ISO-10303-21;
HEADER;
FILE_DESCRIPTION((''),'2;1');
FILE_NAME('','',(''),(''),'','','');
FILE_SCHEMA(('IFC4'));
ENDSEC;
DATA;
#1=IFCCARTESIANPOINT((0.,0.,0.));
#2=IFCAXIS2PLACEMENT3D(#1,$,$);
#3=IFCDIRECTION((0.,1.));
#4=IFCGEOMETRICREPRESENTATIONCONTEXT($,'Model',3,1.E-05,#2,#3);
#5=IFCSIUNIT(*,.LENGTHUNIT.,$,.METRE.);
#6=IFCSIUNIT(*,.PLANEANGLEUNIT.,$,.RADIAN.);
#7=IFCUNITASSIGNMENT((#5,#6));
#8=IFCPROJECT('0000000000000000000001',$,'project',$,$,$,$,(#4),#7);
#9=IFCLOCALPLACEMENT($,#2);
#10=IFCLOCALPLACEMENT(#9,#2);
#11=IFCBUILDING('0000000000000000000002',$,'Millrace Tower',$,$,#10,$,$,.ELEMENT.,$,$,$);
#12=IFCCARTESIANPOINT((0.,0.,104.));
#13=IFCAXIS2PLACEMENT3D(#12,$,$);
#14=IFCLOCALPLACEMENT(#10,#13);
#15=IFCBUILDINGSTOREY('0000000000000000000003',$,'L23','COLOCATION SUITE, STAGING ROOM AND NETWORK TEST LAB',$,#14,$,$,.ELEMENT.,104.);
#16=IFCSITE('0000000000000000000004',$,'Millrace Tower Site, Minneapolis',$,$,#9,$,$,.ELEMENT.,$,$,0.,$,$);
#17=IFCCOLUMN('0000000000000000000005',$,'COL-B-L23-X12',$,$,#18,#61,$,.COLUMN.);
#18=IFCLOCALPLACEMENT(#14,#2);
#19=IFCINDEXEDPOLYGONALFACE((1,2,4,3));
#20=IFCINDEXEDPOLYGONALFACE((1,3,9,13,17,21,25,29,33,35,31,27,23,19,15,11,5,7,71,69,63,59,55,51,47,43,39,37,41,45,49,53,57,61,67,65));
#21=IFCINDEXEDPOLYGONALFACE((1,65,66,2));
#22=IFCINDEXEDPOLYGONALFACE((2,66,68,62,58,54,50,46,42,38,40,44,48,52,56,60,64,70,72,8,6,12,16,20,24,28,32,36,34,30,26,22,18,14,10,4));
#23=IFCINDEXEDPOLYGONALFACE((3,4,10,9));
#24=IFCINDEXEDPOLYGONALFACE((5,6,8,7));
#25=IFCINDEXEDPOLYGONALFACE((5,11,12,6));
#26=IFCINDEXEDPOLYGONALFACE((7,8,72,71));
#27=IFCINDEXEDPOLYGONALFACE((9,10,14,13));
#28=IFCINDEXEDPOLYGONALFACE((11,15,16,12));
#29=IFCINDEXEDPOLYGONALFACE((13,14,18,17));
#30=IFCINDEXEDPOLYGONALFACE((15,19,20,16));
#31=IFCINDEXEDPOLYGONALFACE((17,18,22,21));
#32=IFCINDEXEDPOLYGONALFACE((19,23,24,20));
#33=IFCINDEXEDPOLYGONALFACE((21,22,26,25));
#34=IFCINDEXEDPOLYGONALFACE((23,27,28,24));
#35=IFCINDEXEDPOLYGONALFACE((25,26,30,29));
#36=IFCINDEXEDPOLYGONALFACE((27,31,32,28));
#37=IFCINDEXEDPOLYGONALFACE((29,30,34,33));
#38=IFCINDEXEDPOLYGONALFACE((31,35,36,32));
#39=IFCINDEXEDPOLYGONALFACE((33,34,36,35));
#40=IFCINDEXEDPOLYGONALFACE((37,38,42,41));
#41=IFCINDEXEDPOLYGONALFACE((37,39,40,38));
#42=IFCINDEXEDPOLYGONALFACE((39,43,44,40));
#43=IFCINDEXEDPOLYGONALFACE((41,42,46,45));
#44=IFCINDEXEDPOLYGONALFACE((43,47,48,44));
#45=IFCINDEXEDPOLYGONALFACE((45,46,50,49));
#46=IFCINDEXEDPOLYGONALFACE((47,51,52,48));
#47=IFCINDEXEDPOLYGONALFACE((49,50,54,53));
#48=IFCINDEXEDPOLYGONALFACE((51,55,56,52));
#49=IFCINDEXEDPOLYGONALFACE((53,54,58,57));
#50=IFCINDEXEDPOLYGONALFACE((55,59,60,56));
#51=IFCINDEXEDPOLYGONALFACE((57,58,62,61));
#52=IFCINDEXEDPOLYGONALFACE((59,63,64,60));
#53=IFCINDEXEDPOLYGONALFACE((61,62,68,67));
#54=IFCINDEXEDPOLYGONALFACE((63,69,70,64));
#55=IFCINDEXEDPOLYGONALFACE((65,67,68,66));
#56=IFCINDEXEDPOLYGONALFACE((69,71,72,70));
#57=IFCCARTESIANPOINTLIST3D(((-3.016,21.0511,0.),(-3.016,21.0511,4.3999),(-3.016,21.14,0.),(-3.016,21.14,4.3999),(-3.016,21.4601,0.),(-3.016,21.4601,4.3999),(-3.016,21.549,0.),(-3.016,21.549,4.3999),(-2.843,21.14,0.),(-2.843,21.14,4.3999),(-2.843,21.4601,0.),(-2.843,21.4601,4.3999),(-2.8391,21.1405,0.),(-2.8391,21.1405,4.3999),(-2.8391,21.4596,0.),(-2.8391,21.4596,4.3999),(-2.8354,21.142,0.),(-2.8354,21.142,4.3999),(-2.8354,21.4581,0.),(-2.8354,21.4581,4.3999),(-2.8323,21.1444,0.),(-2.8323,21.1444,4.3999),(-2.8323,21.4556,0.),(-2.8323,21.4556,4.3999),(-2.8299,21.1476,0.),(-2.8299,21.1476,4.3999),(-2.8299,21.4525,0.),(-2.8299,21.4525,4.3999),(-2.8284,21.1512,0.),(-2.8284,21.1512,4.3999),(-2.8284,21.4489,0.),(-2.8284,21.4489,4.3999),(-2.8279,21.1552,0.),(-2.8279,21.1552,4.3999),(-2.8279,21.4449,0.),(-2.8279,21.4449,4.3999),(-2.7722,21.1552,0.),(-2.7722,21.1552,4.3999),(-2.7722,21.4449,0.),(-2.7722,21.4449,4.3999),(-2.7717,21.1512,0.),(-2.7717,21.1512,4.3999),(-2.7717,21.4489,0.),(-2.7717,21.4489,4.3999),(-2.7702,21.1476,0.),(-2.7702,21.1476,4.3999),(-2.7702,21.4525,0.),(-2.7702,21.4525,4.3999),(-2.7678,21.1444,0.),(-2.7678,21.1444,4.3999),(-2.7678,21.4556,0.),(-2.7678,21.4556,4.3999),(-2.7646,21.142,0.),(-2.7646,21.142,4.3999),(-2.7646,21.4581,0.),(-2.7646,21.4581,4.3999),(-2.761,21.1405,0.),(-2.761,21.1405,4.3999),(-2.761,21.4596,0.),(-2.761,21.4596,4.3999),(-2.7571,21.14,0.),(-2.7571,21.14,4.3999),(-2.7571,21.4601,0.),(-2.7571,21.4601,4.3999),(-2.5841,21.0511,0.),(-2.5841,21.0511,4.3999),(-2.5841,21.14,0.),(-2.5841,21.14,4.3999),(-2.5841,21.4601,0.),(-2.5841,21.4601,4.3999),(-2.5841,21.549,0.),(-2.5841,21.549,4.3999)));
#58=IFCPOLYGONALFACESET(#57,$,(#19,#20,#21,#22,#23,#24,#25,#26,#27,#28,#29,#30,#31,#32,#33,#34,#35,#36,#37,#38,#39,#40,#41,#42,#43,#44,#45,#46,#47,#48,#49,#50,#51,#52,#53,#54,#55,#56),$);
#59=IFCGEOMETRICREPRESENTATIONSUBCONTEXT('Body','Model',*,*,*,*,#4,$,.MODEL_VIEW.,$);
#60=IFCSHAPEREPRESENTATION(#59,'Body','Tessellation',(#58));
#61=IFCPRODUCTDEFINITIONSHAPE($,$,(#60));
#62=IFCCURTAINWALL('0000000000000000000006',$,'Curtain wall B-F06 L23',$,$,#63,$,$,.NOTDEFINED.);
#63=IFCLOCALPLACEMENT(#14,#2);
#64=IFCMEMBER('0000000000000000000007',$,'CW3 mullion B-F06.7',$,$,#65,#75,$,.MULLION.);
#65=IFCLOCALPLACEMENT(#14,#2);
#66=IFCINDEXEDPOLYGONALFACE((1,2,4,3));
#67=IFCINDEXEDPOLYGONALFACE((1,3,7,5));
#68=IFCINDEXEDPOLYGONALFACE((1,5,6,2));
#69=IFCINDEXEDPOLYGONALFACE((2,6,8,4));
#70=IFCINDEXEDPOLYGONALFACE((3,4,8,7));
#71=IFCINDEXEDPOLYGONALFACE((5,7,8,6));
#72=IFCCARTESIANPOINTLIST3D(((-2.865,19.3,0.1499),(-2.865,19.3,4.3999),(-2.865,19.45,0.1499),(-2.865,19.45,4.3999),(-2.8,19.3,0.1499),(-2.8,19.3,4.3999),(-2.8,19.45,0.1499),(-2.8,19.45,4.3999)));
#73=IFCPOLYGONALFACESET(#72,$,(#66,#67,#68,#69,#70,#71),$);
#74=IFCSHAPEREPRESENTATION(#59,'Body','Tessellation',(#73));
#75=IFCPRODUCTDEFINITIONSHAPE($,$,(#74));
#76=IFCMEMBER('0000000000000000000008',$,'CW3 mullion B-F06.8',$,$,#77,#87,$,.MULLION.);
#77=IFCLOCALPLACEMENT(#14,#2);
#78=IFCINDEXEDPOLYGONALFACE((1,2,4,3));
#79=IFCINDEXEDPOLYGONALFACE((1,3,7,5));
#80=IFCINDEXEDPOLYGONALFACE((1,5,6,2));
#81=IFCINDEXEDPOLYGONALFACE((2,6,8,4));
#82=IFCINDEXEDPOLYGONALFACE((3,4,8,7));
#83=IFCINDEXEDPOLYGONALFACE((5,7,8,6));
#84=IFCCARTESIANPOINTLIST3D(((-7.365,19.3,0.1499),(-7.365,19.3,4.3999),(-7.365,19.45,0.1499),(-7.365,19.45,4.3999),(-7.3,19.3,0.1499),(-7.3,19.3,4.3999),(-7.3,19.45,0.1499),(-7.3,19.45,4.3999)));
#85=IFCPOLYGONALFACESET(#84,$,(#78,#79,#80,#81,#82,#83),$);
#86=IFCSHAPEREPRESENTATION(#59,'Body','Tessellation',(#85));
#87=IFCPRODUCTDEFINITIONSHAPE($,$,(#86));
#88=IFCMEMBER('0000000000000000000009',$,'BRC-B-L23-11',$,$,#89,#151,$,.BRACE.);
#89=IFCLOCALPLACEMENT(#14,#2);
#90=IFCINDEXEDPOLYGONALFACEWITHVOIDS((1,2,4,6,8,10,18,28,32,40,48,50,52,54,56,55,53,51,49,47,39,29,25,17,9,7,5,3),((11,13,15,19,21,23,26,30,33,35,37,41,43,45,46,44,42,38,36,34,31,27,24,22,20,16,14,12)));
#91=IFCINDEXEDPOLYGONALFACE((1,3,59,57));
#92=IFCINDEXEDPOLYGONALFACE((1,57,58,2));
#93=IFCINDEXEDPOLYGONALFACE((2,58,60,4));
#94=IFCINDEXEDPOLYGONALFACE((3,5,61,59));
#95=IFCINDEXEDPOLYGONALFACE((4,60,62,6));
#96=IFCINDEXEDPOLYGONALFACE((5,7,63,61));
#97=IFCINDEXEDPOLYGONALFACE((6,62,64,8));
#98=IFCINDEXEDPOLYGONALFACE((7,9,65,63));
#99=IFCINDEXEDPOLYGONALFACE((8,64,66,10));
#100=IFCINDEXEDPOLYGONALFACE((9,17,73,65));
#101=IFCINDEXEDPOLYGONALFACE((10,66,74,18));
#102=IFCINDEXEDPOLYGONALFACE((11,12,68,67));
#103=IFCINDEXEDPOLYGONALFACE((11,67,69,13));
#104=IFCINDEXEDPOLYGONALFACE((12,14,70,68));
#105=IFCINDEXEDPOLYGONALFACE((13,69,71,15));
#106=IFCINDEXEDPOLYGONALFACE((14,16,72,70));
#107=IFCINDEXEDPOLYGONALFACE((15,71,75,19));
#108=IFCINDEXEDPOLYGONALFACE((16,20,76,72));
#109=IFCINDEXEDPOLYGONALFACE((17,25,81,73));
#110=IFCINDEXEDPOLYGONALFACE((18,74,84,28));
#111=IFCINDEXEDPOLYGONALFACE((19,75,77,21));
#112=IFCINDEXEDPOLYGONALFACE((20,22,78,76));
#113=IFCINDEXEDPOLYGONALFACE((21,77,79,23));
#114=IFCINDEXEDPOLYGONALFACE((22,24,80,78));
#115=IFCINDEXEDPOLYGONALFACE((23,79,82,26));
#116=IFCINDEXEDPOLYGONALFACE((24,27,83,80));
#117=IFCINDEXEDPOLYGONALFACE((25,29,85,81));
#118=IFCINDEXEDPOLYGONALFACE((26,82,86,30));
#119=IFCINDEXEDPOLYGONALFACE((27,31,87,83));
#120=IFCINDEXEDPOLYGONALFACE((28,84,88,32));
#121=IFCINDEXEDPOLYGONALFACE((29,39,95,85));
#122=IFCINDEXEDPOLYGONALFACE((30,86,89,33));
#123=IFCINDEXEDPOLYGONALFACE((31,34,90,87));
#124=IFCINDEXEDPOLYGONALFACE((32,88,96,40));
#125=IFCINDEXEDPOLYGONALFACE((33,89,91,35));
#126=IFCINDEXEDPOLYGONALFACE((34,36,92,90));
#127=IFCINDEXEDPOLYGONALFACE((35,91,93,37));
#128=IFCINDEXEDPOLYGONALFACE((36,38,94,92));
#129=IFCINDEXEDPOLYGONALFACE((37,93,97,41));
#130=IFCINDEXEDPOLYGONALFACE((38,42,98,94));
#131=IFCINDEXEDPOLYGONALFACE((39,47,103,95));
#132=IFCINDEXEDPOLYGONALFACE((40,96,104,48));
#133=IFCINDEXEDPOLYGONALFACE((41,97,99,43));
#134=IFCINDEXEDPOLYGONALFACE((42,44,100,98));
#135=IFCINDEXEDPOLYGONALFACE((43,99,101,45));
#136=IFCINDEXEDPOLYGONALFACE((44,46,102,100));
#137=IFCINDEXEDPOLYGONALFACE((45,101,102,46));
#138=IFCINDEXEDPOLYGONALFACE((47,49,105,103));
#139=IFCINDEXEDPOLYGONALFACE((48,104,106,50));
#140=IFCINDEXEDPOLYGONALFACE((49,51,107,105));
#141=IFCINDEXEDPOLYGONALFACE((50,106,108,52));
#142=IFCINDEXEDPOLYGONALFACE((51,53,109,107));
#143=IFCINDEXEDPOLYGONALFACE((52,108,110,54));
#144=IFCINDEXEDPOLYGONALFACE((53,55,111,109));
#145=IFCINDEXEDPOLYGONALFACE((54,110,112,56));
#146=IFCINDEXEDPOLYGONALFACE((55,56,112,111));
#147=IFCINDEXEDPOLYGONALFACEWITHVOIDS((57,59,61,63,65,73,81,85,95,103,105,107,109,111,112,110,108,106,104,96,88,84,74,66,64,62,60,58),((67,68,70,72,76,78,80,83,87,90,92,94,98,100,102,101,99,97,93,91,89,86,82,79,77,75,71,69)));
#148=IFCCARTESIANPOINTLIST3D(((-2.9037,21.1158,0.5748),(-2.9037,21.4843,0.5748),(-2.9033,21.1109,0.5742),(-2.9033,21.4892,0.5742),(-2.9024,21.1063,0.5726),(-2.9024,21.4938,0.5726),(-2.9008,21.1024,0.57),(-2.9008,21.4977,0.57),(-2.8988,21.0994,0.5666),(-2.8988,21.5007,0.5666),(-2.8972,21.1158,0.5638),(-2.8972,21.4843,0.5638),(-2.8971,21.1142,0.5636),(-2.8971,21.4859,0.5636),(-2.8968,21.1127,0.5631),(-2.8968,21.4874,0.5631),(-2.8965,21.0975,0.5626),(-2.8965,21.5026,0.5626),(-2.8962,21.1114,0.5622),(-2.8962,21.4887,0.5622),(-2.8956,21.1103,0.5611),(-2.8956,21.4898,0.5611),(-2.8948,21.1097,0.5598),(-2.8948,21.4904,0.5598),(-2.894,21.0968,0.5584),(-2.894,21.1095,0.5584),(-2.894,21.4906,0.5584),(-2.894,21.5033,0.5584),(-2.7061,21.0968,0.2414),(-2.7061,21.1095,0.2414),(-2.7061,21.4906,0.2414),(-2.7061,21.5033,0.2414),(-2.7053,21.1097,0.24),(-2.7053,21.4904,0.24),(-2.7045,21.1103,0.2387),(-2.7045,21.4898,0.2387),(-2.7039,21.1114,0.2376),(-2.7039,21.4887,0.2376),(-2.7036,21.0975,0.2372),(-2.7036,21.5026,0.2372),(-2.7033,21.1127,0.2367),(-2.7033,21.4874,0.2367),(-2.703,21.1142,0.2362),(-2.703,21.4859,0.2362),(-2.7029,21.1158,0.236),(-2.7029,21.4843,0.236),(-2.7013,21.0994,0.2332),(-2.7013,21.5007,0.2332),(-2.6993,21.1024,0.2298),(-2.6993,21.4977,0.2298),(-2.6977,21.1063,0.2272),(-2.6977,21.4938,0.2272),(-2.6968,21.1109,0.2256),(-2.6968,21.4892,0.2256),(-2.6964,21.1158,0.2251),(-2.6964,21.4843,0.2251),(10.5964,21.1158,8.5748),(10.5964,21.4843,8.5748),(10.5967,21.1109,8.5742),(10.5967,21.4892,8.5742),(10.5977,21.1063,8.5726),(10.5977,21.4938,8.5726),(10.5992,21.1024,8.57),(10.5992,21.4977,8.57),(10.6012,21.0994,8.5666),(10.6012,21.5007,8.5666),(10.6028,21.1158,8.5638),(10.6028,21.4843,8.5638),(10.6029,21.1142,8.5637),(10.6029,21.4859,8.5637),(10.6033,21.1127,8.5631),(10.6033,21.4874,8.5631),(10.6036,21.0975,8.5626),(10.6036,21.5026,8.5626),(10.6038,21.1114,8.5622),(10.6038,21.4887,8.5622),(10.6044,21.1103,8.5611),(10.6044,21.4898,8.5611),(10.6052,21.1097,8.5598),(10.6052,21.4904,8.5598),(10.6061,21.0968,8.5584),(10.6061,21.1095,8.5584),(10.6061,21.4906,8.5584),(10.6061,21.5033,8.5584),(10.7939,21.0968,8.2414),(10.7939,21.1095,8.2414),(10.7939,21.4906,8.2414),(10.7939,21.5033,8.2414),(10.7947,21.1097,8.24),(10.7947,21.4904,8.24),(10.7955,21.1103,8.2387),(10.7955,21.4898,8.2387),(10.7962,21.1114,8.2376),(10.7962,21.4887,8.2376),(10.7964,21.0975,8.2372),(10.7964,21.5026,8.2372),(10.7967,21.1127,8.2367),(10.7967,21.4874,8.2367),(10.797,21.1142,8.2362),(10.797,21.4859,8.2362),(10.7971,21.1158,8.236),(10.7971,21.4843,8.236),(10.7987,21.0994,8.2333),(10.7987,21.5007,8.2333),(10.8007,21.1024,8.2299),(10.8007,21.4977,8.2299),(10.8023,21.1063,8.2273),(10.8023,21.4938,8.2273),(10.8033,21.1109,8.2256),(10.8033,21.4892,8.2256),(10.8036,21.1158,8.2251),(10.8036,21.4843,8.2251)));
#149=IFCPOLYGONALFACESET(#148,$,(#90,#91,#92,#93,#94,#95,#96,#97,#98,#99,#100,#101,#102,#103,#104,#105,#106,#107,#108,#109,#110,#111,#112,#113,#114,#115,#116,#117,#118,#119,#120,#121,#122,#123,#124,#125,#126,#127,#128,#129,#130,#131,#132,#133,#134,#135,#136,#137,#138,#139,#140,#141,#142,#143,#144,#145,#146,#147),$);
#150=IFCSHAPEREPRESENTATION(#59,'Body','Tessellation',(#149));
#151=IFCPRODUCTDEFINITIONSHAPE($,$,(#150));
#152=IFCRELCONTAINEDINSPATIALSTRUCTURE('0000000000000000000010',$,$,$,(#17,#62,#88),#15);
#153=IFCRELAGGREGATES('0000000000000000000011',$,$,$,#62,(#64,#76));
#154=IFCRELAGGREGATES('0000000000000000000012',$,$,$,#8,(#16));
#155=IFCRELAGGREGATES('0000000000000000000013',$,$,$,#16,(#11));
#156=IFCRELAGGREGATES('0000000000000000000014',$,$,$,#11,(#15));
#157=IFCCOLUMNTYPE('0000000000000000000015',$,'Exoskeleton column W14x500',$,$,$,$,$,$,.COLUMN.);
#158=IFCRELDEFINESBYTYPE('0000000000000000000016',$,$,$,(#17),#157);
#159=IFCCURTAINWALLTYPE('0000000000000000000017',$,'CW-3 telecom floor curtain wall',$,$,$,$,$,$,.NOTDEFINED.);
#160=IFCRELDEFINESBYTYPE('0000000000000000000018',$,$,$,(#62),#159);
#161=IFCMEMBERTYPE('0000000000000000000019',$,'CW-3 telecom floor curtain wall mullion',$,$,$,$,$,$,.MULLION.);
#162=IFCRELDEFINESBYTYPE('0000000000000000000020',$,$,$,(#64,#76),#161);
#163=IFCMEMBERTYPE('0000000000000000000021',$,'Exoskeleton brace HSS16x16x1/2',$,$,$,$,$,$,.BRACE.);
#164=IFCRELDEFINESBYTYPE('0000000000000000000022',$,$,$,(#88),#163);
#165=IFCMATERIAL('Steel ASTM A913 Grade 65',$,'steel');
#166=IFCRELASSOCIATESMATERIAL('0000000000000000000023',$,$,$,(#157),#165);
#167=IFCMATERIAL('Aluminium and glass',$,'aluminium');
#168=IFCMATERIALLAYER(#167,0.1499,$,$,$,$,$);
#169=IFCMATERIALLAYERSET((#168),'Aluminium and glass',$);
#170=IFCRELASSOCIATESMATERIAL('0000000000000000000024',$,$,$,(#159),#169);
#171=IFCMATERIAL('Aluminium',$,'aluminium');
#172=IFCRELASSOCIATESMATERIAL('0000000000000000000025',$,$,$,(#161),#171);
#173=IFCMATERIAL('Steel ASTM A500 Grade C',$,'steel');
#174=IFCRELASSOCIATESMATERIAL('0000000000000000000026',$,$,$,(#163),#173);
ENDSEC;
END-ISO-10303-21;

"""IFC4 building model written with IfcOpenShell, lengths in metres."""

from ifc_helpers import new_model, si_unit, direction, frame, origin, origin_2d, place, context, subcontext, project, spatial, rectangle, hollow_rectangle, i_section, extrude, material, layer, layer_set, material_profile, profile_set, type_object, element, aggregate, save


model = new_model("IFC4")

# Units and contexts
model_context = context("Model", 3, precision=1e-05, world=origin(), true_north=direction((0.0, 1.0)))
body_context = subcontext(model_context, "Body", "Model", "MODEL_VIEW")
ifc_project = project(units=[si_unit("LENGTHUNIT", "METRE"), si_unit("PLANEANGLEUNIT", "RADIAN")], contexts=[model_context])

# Site, building, storey
site_placement = place(None, origin())
site = spatial("IfcSite", under=ifc_project, at=site_placement, Name="Millrace Tower Site, Minneapolis", CompositionType="ELEMENT", RefElevation=0.0)
building_placement = place(site_placement, origin())
building = spatial("IfcBuilding", under=site, at=building_placement, Name="Millrace Tower", CompositionType="ELEMENT")
storey_placement = place(building_placement, frame((0.0, 0.0, 104.0)))
storey = spatial("IfcBuildingStorey", under=building, at=storey_placement, Name="L23", Description="COLOCATION SUITE, STAGING ROOM AND NETWORK TEST LAB", CompositionType="ELEMENT", Elevation=104.0)

# Column
ifc_material_1 = material(Name="Steel ASTM A913 Grade 65", Category="steel")
ifc_material_profile_1 = material_profile(ifc_material_1, i_section(OverallWidth=0.4319, OverallDepth=0.4978, WebThickness=0.0557, FlangeThickness=0.0889, FilletRadius=0.0151, at=origin_2d()))
ifc_profile_set_1 = profile_set([ifc_material_profile_1], Name="Steel ASTM A913 Grade 65")
column_type = type_object("IfcColumnType", Name="Exoskeleton column W14x500", PredefinedType="COLUMN", material=ifc_profile_set_1)
column_placement = place(storey_placement, frame((-2.8, 21.3, 0.0), z_axis=(0.0, 0.0, 1.0), x_axis=(-1.0, 0.0, 0.0)))
element("IfcColumn", 1, at=column_placement, inside=storey, type_object=column_type, Name="COL-B-L23-X12", PredefinedType="COLUMN", context=body_context, shape_type="SweptSolid", body=[
    extrude(i_section(OverallWidth=0.4319, OverallDepth=0.4978, WebThickness=0.0557, FlangeThickness=0.0889, FilletRadius=0.0151, at=origin_2d()), origin(), (0.0, 0.0, 1.0), 4.3999),
])

# Curtain wall, members
ifc_material_2 = material(Name="Aluminium and glass", Category="aluminium")
ifc_layer_1 = layer(ifc_material_2, 0.1499)
ifc_layer_set_1 = layer_set([ifc_layer_1], Name="Aluminium and glass")
curtain_wall_type = type_object("IfcCurtainWallType", Name="CW-3 telecom floor curtain wall", PredefinedType="NOTDEFINED", material=ifc_layer_set_1)
placement = place(storey_placement, origin())
curtain_wall = element("IfcCurtainWall", 2, at=placement, inside=storey, type_object=curtain_wall_type, Name="Curtain wall B-F06 L23", PredefinedType="NOTDEFINED")
ifc_material_3 = material(Name="Aluminium", Category="aluminium")
ifc_material_profile_2 = material_profile(ifc_material_3, rectangle(XDim=0.0649, YDim=0.1499, at=origin_2d()))
ifc_profile_set_2 = profile_set([ifc_material_profile_2], Name="Aluminium")
member_type_1 = type_object("IfcMemberType", Name="CW-3 telecom floor curtain wall mullion", PredefinedType="MULLION", material=ifc_profile_set_2)
member_1_placement = place(storey_placement, frame((-2.8325, 19.375, 0.1499), z_axis=(0.0, 0.0, 1.0), x_axis=(-1.0, 0.0, 0.0)))
member_1 = element("IfcMember", 3, at=member_1_placement, type_object=member_type_1, Name="CW3 mullion B-F06.7", PredefinedType="MULLION", context=body_context, shape_type="SweptSolid", body=[
    extrude(rectangle(XDim=0.0649, YDim=0.1499, at=origin_2d()), origin(), (0.0, 0.0, 1.0), 4.25),
])
member_2_placement = place(storey_placement, frame((-7.3325, 19.375, 0.1499), z_axis=(0.0, 0.0, 1.0), x_axis=(-1.0, 0.0, 0.0)))
member_2 = element("IfcMember", 4, at=member_2_placement, type_object=member_type_1, Name="CW3 mullion B-F06.8", PredefinedType="MULLION", context=body_context, shape_type="SweptSolid", body=[
    extrude(rectangle(XDim=0.0649, YDim=0.1499, at=origin_2d()), origin(), (0.0, 0.0, 1.0), 4.25),
])
aggregate(curtain_wall, [member_1, member_2])

# Member
ifc_material_4 = material(Name="Steel ASTM A500 Grade C", Category="steel")
ifc_material_profile_3 = material_profile(ifc_material_4, hollow_rectangle(XDim=0.4065, YDim=0.4065, WallThickness=0.0127, InnerFilletRadius=0.0063, OuterFilletRadius=0.019, at=origin_2d()))
ifc_profile_set_3 = profile_set([ifc_material_profile_3], Name="Steel ASTM A500 Grade C")
member_type_2 = type_object("IfcMemberType", Name="Exoskeleton brace HSS16x16x1/2", PredefinedType="BRACE", material=ifc_profile_set_3)
member_3_placement = place(storey_placement, frame((-2.8, 21.3, 0.3999), z_axis=(0.860292, 0.0, 0.509802), x_axis=(0.0, 1.0, 0.0)))
element("IfcMember", 5, at=member_3_placement, inside=storey, type_object=member_type_2, Name="BRC-B-L23-11", PredefinedType="BRACE", context=body_context, shape_type="SweptSolid", body=[
    extrude(hollow_rectangle(XDim=0.4065, YDim=0.4065, WallThickness=0.0127, InnerFilletRadius=0.0063, OuterFilletRadius=0.019, at=origin_2d()), origin(), (0.0, 0.0, 1.0), 15.6924),
])

save(model, "model.ifc")
